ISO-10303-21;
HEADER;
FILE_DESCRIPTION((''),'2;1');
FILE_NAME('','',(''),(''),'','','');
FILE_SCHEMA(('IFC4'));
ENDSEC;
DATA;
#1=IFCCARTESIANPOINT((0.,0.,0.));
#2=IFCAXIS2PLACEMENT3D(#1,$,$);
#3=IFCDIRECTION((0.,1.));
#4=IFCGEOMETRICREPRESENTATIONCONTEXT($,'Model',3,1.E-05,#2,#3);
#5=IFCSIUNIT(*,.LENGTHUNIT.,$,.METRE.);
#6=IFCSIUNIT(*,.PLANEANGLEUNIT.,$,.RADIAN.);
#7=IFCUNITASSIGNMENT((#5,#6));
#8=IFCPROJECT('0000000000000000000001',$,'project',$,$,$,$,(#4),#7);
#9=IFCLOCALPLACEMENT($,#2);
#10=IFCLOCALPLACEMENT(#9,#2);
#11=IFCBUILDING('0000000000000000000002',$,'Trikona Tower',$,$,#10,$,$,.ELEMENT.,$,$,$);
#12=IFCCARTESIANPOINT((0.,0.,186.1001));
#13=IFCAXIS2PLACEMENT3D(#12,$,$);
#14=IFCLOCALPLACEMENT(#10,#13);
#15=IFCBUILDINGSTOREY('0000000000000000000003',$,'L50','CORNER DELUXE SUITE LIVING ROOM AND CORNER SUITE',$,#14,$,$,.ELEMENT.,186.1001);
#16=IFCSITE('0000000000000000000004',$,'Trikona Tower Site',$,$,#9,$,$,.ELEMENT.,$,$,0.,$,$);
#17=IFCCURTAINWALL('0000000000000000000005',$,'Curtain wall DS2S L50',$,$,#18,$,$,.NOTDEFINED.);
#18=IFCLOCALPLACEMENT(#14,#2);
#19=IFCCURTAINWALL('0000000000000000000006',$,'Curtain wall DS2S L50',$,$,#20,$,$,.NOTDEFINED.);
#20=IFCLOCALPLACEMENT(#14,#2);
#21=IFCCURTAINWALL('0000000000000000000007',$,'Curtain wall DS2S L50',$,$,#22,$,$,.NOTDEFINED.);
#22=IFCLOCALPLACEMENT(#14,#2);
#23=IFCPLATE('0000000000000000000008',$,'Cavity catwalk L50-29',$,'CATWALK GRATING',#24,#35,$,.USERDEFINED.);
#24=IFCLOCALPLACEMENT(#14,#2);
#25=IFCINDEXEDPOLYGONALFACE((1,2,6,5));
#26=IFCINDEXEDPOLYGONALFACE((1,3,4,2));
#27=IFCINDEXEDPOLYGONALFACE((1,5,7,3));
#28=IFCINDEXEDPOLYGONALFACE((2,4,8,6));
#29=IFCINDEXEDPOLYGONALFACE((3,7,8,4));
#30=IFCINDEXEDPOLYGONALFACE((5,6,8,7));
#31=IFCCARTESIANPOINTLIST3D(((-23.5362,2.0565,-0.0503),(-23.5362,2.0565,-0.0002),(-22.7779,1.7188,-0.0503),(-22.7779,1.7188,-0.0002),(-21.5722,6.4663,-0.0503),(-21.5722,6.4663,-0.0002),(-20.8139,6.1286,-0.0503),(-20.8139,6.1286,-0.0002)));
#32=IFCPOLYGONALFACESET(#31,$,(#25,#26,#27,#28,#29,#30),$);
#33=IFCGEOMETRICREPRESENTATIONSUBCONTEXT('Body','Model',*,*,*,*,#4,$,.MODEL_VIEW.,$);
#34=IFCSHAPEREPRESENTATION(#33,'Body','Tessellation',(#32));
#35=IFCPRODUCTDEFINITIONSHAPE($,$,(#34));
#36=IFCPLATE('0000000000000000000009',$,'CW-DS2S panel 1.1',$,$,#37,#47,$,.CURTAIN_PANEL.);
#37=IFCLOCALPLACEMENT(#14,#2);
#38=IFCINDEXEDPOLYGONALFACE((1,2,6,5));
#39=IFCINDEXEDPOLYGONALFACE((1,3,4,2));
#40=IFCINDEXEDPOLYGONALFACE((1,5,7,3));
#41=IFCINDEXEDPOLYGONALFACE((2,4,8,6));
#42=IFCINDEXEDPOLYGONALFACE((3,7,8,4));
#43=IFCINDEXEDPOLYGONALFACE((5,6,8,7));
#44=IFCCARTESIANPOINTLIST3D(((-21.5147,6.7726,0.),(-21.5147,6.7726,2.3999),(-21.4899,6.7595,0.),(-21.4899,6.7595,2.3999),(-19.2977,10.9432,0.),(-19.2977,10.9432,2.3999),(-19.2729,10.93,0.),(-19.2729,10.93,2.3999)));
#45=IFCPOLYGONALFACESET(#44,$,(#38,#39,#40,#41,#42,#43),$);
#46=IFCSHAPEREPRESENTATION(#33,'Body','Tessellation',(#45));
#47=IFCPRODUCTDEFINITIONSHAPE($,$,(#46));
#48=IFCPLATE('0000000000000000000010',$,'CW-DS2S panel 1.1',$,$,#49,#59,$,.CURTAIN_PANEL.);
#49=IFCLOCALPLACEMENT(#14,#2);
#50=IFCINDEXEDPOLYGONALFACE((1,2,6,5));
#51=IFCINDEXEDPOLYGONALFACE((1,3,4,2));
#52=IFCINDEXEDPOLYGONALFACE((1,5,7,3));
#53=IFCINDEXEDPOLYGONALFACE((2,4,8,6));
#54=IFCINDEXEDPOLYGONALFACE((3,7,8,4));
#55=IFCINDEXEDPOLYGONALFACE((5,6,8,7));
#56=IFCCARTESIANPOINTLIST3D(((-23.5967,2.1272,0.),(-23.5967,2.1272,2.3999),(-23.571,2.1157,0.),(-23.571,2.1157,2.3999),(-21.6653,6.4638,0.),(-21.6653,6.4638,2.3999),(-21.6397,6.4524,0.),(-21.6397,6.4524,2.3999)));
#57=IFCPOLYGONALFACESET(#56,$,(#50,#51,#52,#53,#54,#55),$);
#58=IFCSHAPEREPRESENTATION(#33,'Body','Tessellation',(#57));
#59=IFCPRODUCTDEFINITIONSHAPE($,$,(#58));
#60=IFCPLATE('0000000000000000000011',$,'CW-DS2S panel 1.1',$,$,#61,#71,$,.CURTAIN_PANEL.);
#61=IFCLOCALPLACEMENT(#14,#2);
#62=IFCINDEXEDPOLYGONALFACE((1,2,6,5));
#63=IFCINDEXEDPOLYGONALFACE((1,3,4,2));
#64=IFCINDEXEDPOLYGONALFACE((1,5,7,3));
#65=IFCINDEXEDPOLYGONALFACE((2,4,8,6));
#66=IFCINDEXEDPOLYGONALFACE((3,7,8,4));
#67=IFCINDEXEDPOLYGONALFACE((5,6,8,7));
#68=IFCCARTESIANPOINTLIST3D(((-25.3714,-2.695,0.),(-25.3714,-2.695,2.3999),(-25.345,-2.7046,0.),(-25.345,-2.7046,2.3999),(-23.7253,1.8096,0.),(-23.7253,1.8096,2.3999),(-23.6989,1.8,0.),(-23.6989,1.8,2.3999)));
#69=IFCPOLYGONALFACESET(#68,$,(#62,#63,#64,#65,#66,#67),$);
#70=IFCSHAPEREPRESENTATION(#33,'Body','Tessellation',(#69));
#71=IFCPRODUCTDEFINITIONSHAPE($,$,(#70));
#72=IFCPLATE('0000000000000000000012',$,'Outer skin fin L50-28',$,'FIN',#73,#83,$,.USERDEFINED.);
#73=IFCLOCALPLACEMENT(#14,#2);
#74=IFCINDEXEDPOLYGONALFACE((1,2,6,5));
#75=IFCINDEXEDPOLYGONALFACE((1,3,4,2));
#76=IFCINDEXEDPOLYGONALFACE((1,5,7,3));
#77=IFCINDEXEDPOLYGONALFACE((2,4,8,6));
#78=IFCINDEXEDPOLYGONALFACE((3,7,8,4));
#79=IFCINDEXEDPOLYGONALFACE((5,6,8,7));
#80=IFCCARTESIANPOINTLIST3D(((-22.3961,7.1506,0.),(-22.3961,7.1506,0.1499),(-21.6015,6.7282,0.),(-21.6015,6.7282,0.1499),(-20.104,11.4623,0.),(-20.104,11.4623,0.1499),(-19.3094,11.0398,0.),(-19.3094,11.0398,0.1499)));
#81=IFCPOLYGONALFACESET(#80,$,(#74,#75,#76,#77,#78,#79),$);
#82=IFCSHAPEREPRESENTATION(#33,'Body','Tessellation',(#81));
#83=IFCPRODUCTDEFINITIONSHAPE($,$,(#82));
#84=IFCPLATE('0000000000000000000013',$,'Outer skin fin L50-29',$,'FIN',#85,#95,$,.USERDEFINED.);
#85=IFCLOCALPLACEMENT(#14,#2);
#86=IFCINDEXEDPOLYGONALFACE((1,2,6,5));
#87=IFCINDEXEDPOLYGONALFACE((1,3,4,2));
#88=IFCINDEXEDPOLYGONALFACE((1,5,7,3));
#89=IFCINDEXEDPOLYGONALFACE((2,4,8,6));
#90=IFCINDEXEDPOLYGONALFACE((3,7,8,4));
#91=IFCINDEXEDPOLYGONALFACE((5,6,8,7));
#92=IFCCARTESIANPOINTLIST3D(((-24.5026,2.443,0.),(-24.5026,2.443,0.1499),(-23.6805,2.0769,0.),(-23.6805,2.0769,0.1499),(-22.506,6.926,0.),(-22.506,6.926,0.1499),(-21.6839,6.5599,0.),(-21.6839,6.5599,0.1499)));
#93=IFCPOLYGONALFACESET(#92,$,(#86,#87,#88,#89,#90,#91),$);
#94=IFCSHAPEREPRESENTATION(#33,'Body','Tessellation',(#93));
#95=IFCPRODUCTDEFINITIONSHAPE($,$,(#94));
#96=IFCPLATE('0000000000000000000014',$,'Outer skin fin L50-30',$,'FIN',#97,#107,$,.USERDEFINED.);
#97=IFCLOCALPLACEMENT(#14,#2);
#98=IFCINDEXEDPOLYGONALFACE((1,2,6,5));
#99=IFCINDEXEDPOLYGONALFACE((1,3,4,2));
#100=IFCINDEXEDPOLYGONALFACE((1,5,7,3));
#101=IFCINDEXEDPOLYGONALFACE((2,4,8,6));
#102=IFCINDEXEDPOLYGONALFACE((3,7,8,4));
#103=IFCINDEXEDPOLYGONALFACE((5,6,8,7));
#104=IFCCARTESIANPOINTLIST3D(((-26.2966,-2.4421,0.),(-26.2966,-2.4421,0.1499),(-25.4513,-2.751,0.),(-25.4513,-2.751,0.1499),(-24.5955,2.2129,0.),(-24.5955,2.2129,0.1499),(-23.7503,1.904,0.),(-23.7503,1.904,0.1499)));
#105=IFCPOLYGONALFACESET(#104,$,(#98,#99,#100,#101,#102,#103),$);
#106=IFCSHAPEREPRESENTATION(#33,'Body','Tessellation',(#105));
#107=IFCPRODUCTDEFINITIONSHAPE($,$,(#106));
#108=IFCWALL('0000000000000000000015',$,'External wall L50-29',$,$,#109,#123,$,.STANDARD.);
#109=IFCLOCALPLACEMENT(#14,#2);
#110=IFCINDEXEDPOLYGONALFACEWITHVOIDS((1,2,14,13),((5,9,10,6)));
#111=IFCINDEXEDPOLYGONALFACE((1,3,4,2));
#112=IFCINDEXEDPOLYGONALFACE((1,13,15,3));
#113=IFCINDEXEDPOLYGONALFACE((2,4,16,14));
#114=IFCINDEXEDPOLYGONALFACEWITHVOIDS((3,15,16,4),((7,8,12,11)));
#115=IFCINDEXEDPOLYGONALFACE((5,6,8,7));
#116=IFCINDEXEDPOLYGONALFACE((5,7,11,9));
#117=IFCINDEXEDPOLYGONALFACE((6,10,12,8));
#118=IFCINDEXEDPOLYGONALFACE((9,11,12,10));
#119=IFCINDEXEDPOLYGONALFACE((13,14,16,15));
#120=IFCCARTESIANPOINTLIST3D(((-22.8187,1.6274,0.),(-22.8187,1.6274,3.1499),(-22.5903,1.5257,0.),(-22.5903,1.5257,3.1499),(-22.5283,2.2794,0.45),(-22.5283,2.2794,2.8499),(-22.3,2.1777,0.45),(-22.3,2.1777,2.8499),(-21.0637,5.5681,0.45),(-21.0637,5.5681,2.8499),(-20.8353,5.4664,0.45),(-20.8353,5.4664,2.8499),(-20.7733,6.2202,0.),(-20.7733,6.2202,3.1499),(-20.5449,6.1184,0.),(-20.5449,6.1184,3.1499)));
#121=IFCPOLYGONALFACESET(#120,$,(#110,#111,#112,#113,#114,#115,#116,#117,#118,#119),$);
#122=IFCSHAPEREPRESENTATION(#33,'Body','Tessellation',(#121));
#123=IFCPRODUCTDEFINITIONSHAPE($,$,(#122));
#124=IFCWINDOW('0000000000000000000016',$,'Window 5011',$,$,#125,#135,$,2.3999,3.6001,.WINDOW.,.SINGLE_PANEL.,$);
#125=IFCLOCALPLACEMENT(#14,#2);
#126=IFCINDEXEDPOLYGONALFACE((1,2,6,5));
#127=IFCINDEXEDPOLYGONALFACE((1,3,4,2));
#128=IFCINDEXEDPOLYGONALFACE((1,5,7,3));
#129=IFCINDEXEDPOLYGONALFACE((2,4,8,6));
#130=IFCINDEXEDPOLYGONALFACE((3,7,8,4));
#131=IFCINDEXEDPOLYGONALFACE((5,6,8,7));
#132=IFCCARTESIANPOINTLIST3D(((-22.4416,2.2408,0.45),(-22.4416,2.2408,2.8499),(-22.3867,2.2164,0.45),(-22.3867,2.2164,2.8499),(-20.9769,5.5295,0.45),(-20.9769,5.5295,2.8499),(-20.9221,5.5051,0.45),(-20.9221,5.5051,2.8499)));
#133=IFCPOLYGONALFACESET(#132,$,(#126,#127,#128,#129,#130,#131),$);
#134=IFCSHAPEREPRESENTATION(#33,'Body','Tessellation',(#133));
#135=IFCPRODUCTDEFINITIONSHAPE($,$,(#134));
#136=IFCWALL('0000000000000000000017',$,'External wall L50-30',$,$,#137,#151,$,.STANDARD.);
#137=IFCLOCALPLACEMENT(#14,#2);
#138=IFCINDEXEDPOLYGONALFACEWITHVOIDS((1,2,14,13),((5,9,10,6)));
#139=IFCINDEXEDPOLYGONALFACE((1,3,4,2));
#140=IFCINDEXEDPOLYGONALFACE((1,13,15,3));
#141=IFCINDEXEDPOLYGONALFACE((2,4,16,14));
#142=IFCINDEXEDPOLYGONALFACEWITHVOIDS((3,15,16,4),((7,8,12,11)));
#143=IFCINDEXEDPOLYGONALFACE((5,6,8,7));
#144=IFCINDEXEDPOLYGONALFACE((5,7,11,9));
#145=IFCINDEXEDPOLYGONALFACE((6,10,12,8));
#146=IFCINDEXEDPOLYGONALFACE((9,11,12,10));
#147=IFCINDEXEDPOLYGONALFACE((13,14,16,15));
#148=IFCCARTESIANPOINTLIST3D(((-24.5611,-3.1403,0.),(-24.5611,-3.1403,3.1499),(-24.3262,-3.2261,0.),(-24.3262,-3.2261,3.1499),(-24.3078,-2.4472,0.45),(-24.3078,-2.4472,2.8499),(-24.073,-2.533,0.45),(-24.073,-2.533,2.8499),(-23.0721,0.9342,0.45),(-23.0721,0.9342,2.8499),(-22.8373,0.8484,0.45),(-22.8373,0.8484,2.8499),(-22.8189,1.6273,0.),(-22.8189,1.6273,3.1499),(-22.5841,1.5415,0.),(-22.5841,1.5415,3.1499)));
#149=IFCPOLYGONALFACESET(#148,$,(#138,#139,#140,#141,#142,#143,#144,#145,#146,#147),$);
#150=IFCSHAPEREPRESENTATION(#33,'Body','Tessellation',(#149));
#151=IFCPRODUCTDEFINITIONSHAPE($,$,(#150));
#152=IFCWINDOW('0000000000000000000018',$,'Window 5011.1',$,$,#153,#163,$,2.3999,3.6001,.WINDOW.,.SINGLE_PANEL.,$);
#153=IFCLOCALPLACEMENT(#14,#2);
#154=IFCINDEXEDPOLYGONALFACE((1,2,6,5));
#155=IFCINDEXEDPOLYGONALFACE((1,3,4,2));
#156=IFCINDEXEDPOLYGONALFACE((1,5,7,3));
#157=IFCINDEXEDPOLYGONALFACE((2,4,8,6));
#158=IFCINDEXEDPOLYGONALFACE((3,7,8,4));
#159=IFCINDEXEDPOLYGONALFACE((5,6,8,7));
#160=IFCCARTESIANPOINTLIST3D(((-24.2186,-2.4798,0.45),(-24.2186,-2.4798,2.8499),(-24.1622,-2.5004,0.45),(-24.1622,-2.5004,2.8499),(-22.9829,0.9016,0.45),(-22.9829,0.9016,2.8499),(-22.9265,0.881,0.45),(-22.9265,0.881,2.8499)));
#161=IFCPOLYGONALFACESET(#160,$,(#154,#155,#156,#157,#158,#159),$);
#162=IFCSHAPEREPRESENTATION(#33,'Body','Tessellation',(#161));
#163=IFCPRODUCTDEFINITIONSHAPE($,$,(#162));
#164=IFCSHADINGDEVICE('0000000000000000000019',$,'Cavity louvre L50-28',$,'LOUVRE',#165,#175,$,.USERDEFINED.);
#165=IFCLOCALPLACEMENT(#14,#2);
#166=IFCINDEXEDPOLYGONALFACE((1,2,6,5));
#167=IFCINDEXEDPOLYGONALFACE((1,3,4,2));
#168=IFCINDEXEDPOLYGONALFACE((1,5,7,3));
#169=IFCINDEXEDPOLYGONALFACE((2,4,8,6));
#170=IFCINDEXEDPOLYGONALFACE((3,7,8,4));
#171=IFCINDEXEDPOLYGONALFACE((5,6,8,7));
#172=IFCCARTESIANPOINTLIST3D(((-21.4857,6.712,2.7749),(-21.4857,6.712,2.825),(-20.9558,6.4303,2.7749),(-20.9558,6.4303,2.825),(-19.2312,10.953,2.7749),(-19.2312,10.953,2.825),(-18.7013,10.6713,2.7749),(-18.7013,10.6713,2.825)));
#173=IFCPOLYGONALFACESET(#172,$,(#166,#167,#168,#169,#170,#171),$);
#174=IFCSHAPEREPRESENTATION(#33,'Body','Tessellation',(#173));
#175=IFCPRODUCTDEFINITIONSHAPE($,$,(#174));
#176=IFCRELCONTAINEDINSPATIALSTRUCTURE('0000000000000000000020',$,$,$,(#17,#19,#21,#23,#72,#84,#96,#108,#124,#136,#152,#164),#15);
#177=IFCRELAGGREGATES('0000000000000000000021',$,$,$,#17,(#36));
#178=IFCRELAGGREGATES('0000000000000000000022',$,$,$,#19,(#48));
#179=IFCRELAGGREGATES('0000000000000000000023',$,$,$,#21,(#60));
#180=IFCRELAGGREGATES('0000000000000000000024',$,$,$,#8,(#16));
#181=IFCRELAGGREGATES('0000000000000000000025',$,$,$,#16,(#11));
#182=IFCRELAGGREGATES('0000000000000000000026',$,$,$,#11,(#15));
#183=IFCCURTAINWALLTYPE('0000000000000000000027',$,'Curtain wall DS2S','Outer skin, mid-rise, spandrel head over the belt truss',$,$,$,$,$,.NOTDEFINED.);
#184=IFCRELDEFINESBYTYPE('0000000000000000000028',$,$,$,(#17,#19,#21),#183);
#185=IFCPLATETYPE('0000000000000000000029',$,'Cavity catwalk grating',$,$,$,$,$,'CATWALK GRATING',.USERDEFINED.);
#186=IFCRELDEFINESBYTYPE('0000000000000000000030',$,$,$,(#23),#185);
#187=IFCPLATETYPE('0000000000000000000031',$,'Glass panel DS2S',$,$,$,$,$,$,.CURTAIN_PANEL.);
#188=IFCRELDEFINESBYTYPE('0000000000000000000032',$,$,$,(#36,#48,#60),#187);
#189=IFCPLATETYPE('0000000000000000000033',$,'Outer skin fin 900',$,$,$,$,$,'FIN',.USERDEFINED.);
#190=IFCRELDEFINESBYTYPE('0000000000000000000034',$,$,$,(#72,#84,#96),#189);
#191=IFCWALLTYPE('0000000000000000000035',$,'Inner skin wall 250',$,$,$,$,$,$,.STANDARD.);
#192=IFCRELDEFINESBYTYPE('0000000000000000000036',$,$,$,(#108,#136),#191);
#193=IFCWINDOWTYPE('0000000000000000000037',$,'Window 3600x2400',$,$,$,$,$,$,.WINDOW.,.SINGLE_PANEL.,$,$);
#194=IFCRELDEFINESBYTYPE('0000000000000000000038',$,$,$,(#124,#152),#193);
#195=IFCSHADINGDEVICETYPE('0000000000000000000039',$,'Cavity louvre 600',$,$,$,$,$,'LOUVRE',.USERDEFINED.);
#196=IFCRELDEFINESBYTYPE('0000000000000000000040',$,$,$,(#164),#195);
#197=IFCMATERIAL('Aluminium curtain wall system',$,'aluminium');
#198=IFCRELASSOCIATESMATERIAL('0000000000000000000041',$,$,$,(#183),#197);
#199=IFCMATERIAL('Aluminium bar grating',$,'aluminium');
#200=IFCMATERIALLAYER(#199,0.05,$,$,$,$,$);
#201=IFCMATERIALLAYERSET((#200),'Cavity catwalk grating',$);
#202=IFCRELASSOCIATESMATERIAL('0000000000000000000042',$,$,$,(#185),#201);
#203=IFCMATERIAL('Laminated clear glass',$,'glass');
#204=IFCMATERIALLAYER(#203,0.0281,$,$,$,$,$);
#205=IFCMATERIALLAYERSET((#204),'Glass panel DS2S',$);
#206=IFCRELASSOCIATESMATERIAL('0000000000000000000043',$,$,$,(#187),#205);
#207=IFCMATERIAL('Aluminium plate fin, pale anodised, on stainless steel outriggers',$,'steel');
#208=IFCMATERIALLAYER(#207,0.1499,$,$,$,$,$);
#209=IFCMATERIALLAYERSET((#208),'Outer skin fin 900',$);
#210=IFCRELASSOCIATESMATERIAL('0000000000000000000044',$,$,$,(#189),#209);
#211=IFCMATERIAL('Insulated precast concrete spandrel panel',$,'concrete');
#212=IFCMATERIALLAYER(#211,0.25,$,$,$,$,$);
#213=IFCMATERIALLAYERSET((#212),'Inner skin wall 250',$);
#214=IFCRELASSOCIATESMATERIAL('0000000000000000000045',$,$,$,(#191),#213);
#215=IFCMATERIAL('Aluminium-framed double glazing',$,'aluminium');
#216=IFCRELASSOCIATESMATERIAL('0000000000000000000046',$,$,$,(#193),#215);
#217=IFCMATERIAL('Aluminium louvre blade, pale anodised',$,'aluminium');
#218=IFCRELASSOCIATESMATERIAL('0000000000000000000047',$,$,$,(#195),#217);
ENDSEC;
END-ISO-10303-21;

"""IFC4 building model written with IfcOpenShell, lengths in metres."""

from ifc_helpers import new_model, si_unit, direction, frame, frame_2d, origin, origin_2d, place, context, subcontext, project, spatial, rectangle, extrude, material, layer, layer_set, type_object, element, fill, aggregate, save


model = new_model("IFC4")

# Units and contexts
model_context = context("Model", 3, precision=1e-05, world=origin(), true_north=direction((0.0, 1.0)))
body_context = subcontext(model_context, "Body", "Model", "MODEL_VIEW")
ifc_project = project(units=[si_unit("LENGTHUNIT", "METRE"), si_unit("PLANEANGLEUNIT", "RADIAN")], contexts=[model_context])

# Site, building, storey
site_placement = place(None, origin())
site = spatial("IfcSite", under=ifc_project, at=site_placement, Name="Trikona Tower Site", CompositionType="ELEMENT", RefElevation=0.0)
building_placement = place(site_placement, origin())
building = spatial("IfcBuilding", under=site, at=building_placement, Name="Trikona Tower", CompositionType="ELEMENT")
storey_placement = place(building_placement, frame((0.0, 0.0, 186.1001)))
storey = spatial("IfcBuildingStorey", under=building, at=storey_placement, Name="L50", Description="CORNER DELUXE SUITE LIVING ROOM AND CORNER SUITE", CompositionType="ELEMENT", Elevation=186.1001)

# Shared definitions
ifc_material_1 = material(Name="Aluminium curtain wall system", Category="aluminium")
curtain_wall_type = type_object("IfcCurtainWallType", Name="Curtain wall DS2S", Description="Outer skin, mid-rise, spandrel head over the belt truss", PredefinedType="NOTDEFINED", material=ifc_material_1)

# Curtain walls
curtain_wall_1_placement = place(storey_placement, origin())
curtain_wall_1 = element("IfcCurtainWall", 1, at=curtain_wall_1_placement, inside=storey, type_object=curtain_wall_type, Name="Curtain wall DS2S L50", PredefinedType="NOTDEFINED")
curtain_wall_2_placement = place(storey_placement, origin())
curtain_wall_2 = element("IfcCurtainWall", 2, at=curtain_wall_2_placement, inside=storey, type_object=curtain_wall_type, Name="Curtain wall DS2S L50", PredefinedType="NOTDEFINED")

# Curtain wall
curtain_wall_3_placement = place(storey_placement, origin())
curtain_wall_3 = element("IfcCurtainWall", 3, at=curtain_wall_3_placement, inside=storey, type_object=curtain_wall_type, Name="Curtain wall DS2S L50", PredefinedType="NOTDEFINED")

# Plate
ifc_material_2 = material(Name="Aluminium bar grating", Category="aluminium")
ifc_layer_1 = layer(ifc_material_2, 0.05)
ifc_layer_set_1 = layer_set([ifc_layer_1], Name="Cavity catwalk grating")
plate_type_1 = type_object("IfcPlateType", Name="Cavity catwalk grating", ElementType="CATWALK GRATING", PredefinedType="USERDEFINED", material=ifc_layer_set_1)
plate_1_placement = place(storey_placement, frame((-22.175, 4.0925, -0.0503), z_axis=(0.0, 0.0, 1.0), x_axis=(-0.406843, -0.913498, 0.0)))
element("IfcPlate", 4, at=plate_1_placement, inside=storey, type_object=plate_type_1, Name="Cavity catwalk L50-29", ObjectType="CATWALK GRATING", PredefinedType="USERDEFINED", context=body_context, shape_type="SweptSolid", body=[
    extrude(rectangle(XDim=4.8274, YDim=0.8301, at=origin_2d()), origin(), (0.0, 0.0, 1.0), 0.05),
])

# Plates
ifc_material_3 = material(Name="Laminated clear glass", Category="glass")
ifc_layer_2 = layer(ifc_material_3, 0.0281)
ifc_layer_set_2 = layer_set([ifc_layer_2], Name="Glass panel DS2S")
plate_type_2 = type_object("IfcPlateType", Name="Glass panel DS2S", PredefinedType="CURTAIN_PANEL", material=ifc_layer_set_2)
plate_2_placement = place(storey_placement, frame((-20.3938, 8.8513, 0.0), z_axis=(0.0, 0.0, 1.0), x_axis=(-0.46938, -0.882996, 0.0)))
plate_2 = element("IfcPlate", 5, at=plate_2_placement, type_object=plate_type_2, Name="CW-DS2S panel 1.1", PredefinedType="CURTAIN_PANEL", context=body_context, shape_type="SweptSolid", body=[
    extrude(rectangle(XDim=4.7231, YDim=0.0281, at=origin_2d()), origin(), (0.0, 0.0, 1.0), 2.3999),
])
aggregate(curtain_wall_1, [plate_2])
plate_3_placement = place(storey_placement, frame((-22.6182, 4.2898, 0.0), z_axis=(0.0, 0.0, 1.0), x_axis=(-0.406836, -0.913501, 0.0)))
plate_3 = element("IfcPlate", 6, at=plate_3_placement, type_object=plate_type_2, Name="CW-DS2S panel 1.1", PredefinedType="CURTAIN_PANEL", context=body_context, shape_type="SweptSolid", body=[
    extrude(rectangle(XDim=4.7473, YDim=0.0281, at=origin_2d()), origin(), (0.0, 0.0, 1.0), 2.3999),
])
aggregate(curtain_wall_2, [plate_3])
plate_4_placement = place(storey_placement, frame((-24.5352, -0.4475, 0.0), z_axis=(0.0, 0.0, 1.0), x_axis=(-0.343223, -0.939254, 0.0)))
plate_4 = element("IfcPlate", 7, at=plate_4_placement, type_object=plate_type_2, Name="CW-DS2S panel 1.1", PredefinedType="CURTAIN_PANEL", context=body_context, shape_type="SweptSolid", body=[
    extrude(rectangle(XDim=4.7959, YDim=0.0281, at=origin_2d()), origin(), (0.0, 0.0, 1.0), 2.3999),
])
aggregate(curtain_wall_3, [plate_4])

# Plates
ifc_material_4 = material(Name="Aluminium plate fin, pale anodised, on stainless steel outriggers", Category="steel")
ifc_layer_3 = layer(ifc_material_4, 0.1499)
ifc_layer_set_3 = layer_set([ifc_layer_3], Name="Outer skin fin 900")
plate_type_3 = type_object("IfcPlateType", Name="Outer skin fin 900", ElementType="FIN", PredefinedType="USERDEFINED", material=ifc_layer_set_3)
plate_5_placement = place(storey_placement, frame((-20.8528, 9.0952, 0.0), z_axis=(0.0, 0.0, 1.0), x_axis=(-0.469398, -0.882987, 0.0)))
element("IfcPlate", 8, at=plate_5_placement, inside=storey, type_object=plate_type_3, Name="Outer skin fin L50-28", ObjectType="FIN", PredefinedType="USERDEFINED", context=body_context, shape_type="SweptSolid", body=[
    extrude(rectangle(XDim=4.8831, YDim=0.8999, at=origin_2d()), origin(), (0.0, 0.0, 1.0), 0.1499),
])
plate_6_placement = place(storey_placement, frame((-23.0933, 4.5015, 0.0), z_axis=(0.0, 0.0, 1.0), x_axis=(-0.406843, -0.913498, 0.0)))
element("IfcPlate", 9, at=plate_6_placement, inside=storey, type_object=plate_type_3, Name="Outer skin fin L50-29", ObjectType="FIN", PredefinedType="USERDEFINED", context=body_context, shape_type="SweptSolid", body=[
    extrude(rectangle(XDim=4.9075, YDim=0.8999, at=origin_2d()), origin(), (0.0, 0.0, 1.0), 0.1499),
])
plate_7_placement = place(storey_placement, frame((-25.0234, -0.269, 0.0), z_axis=(0.0, 0.0, 1.0), x_axis=(-0.34322, -0.939255, 0.0)))
element("IfcPlate", 10, at=plate_7_placement, inside=storey, type_object=plate_type_3, Name="Outer skin fin L50-30", ObjectType="FIN", PredefinedType="USERDEFINED", context=body_context, shape_type="SweptSolid", body=[
    extrude(rectangle(XDim=4.9561, YDim=0.8999, at=origin_2d()), origin(), (0.0, 0.0, 1.0), 0.1499),
])

# Walls, openings, windows
ifc_material_5 = material(Name="Insulated precast concrete spandrel panel", Category="concrete")
ifc_layer_4 = layer(ifc_material_5, 0.25)
ifc_layer_set_4 = layer_set([ifc_layer_4], Name="Inner skin wall 250")
wall_type = type_object("IfcWallType", Name="Inner skin wall 250", PredefinedType="STANDARD", material=ifc_layer_set_4)
wall_1_placement = place(storey_placement, frame((-20.6592, 6.1692, 0.0), z_axis=(0.0, 0.0, 1.0), x_axis=(-0.406832, -0.913503, 0.0)))
wall_1 = element("IfcWall", 11, at=wall_1_placement, inside=storey, type_object=wall_type, Name="External wall L50-29", PredefinedType="STANDARD", context=body_context, shape_type="SweptSolid", body=[
    extrude(rectangle(XDim=5.0276, YDim=0.25, at=frame_2d((2.5137, 0.0))), origin(), (0.0, 0.0, 1.0), 3.1499),
])
opening_1_placement = place(wall_1_placement, frame((0.7136, 0.0, 0.45)))
opening_1 = element("IfcOpeningElement", 12, at=opening_1_placement, cuts=wall_1, PredefinedType="OPENING", context=body_context, shape_type="SweptSolid", body=[
    extrude(rectangle(XDim=3.6001, YDim=2.3999, at=frame_2d((1.8, 1.2))), frame((0.0, 0.135, 0.0), z_axis=(0.0, -1.0, 0.0), x_axis=(1.0, 0.0, 0.0)), (0.0, 0.0, 1.0), 0.27),
])
ifc_material_6 = material(Name="Aluminium-framed double glazing", Category="aluminium")
window_type = type_object("IfcWindowType", Name="Window 3600x2400", PartitioningType="SINGLE_PANEL", PredefinedType="WINDOW", material=ifc_material_6)
window_1_placement = place(opening_1_placement, origin())
window_1 = element("IfcWindow", 13, at=window_1_placement, inside=storey, type_object=window_type, Name="Window 5011", OverallHeight=2.3999, OverallWidth=3.6001, PartitioningType="SINGLE_PANEL", PredefinedType="WINDOW", context=body_context, shape_type="SweptSolid", body=[
    extrude(rectangle(XDim=3.6001, YDim=2.3999, at=frame_2d((1.8, 1.2))), frame((0.0, 0.03, 0.0), z_axis=(0.0, -1.0, 0.0), x_axis=(1.0, 0.0, 0.0)), (0.0, 0.0, 1.0), 0.0601),
])
fill(opening_1, window_1)
wall_2_placement = place(storey_placement, frame((-22.7014, 1.5845, 0.0), z_axis=(0.0, 0.0, 1.0), x_axis=(-0.343226, -0.939253, 0.0)))
wall_2 = element("IfcWall", 14, at=wall_2_placement, inside=storey, type_object=wall_type, Name="External wall L50-30", PredefinedType="STANDARD", context=body_context, shape_type="SweptSolid", body=[
    extrude(rectangle(XDim=5.0759, YDim=0.25, at=frame_2d((2.5381, 0.0))), origin(), (0.0, 0.0, 1.0), 3.1499),
])
opening_2_placement = place(wall_2_placement, frame((0.738, 0.0, 0.45)))
opening_2 = element("IfcOpeningElement", 15, at=opening_2_placement, cuts=wall_2, PredefinedType="OPENING", context=body_context, shape_type="SweptSolid", body=[
    extrude(rectangle(XDim=3.6001, YDim=2.3999, at=frame_2d((1.8, 1.2))), frame((0.0, 0.135, 0.0), z_axis=(0.0, -1.0, 0.0), x_axis=(1.0, 0.0, 0.0)), (0.0, 0.0, 1.0), 0.27),
])
window_2_placement = place(opening_2_placement, origin())
window_2 = element("IfcWindow", 16, at=window_2_placement, inside=storey, type_object=window_type, Name="Window 5011.1", OverallHeight=2.3999, OverallWidth=3.6001, PartitioningType="SINGLE_PANEL", PredefinedType="WINDOW", context=body_context, shape_type="SweptSolid", body=[
    extrude(rectangle(XDim=3.6001, YDim=2.3999, at=frame_2d((1.8, 1.2))), frame((0.0, 0.03, 0.0), z_axis=(0.0, -1.0, 0.0), x_axis=(1.0, 0.0, 0.0)), (0.0, 0.0, 1.0), 0.0601),
])
fill(opening_2, window_2)

# Shading device
ifc_material_7 = material(Name="Aluminium louvre blade, pale anodised", Category="aluminium")
shading_device_type = type_object("IfcShadingDeviceType", Name="Cavity louvre 600", ElementType="LOUVRE", PredefinedType="USERDEFINED", material=ifc_material_7)
shading_device_1_placement = place(storey_placement, frame((-20.0935, 8.6917, 2.7749), z_axis=(0.0, 0.0, 1.0), x_axis=(-0.469398, -0.882987, 0.0)))
element("IfcShadingDevice", 17, at=shading_device_1_placement, inside=storey, type_object=shading_device_type, Name="Cavity louvre L50-28", ObjectType="LOUVRE", PredefinedType="USERDEFINED", context=body_context, shape_type="SweptSolid", body=[
    extrude(rectangle(XDim=4.803, YDim=0.6001, at=origin_2d()), origin(), (0.0, 0.0, 1.0), 0.05),
])

save(model, "model.ifc")
